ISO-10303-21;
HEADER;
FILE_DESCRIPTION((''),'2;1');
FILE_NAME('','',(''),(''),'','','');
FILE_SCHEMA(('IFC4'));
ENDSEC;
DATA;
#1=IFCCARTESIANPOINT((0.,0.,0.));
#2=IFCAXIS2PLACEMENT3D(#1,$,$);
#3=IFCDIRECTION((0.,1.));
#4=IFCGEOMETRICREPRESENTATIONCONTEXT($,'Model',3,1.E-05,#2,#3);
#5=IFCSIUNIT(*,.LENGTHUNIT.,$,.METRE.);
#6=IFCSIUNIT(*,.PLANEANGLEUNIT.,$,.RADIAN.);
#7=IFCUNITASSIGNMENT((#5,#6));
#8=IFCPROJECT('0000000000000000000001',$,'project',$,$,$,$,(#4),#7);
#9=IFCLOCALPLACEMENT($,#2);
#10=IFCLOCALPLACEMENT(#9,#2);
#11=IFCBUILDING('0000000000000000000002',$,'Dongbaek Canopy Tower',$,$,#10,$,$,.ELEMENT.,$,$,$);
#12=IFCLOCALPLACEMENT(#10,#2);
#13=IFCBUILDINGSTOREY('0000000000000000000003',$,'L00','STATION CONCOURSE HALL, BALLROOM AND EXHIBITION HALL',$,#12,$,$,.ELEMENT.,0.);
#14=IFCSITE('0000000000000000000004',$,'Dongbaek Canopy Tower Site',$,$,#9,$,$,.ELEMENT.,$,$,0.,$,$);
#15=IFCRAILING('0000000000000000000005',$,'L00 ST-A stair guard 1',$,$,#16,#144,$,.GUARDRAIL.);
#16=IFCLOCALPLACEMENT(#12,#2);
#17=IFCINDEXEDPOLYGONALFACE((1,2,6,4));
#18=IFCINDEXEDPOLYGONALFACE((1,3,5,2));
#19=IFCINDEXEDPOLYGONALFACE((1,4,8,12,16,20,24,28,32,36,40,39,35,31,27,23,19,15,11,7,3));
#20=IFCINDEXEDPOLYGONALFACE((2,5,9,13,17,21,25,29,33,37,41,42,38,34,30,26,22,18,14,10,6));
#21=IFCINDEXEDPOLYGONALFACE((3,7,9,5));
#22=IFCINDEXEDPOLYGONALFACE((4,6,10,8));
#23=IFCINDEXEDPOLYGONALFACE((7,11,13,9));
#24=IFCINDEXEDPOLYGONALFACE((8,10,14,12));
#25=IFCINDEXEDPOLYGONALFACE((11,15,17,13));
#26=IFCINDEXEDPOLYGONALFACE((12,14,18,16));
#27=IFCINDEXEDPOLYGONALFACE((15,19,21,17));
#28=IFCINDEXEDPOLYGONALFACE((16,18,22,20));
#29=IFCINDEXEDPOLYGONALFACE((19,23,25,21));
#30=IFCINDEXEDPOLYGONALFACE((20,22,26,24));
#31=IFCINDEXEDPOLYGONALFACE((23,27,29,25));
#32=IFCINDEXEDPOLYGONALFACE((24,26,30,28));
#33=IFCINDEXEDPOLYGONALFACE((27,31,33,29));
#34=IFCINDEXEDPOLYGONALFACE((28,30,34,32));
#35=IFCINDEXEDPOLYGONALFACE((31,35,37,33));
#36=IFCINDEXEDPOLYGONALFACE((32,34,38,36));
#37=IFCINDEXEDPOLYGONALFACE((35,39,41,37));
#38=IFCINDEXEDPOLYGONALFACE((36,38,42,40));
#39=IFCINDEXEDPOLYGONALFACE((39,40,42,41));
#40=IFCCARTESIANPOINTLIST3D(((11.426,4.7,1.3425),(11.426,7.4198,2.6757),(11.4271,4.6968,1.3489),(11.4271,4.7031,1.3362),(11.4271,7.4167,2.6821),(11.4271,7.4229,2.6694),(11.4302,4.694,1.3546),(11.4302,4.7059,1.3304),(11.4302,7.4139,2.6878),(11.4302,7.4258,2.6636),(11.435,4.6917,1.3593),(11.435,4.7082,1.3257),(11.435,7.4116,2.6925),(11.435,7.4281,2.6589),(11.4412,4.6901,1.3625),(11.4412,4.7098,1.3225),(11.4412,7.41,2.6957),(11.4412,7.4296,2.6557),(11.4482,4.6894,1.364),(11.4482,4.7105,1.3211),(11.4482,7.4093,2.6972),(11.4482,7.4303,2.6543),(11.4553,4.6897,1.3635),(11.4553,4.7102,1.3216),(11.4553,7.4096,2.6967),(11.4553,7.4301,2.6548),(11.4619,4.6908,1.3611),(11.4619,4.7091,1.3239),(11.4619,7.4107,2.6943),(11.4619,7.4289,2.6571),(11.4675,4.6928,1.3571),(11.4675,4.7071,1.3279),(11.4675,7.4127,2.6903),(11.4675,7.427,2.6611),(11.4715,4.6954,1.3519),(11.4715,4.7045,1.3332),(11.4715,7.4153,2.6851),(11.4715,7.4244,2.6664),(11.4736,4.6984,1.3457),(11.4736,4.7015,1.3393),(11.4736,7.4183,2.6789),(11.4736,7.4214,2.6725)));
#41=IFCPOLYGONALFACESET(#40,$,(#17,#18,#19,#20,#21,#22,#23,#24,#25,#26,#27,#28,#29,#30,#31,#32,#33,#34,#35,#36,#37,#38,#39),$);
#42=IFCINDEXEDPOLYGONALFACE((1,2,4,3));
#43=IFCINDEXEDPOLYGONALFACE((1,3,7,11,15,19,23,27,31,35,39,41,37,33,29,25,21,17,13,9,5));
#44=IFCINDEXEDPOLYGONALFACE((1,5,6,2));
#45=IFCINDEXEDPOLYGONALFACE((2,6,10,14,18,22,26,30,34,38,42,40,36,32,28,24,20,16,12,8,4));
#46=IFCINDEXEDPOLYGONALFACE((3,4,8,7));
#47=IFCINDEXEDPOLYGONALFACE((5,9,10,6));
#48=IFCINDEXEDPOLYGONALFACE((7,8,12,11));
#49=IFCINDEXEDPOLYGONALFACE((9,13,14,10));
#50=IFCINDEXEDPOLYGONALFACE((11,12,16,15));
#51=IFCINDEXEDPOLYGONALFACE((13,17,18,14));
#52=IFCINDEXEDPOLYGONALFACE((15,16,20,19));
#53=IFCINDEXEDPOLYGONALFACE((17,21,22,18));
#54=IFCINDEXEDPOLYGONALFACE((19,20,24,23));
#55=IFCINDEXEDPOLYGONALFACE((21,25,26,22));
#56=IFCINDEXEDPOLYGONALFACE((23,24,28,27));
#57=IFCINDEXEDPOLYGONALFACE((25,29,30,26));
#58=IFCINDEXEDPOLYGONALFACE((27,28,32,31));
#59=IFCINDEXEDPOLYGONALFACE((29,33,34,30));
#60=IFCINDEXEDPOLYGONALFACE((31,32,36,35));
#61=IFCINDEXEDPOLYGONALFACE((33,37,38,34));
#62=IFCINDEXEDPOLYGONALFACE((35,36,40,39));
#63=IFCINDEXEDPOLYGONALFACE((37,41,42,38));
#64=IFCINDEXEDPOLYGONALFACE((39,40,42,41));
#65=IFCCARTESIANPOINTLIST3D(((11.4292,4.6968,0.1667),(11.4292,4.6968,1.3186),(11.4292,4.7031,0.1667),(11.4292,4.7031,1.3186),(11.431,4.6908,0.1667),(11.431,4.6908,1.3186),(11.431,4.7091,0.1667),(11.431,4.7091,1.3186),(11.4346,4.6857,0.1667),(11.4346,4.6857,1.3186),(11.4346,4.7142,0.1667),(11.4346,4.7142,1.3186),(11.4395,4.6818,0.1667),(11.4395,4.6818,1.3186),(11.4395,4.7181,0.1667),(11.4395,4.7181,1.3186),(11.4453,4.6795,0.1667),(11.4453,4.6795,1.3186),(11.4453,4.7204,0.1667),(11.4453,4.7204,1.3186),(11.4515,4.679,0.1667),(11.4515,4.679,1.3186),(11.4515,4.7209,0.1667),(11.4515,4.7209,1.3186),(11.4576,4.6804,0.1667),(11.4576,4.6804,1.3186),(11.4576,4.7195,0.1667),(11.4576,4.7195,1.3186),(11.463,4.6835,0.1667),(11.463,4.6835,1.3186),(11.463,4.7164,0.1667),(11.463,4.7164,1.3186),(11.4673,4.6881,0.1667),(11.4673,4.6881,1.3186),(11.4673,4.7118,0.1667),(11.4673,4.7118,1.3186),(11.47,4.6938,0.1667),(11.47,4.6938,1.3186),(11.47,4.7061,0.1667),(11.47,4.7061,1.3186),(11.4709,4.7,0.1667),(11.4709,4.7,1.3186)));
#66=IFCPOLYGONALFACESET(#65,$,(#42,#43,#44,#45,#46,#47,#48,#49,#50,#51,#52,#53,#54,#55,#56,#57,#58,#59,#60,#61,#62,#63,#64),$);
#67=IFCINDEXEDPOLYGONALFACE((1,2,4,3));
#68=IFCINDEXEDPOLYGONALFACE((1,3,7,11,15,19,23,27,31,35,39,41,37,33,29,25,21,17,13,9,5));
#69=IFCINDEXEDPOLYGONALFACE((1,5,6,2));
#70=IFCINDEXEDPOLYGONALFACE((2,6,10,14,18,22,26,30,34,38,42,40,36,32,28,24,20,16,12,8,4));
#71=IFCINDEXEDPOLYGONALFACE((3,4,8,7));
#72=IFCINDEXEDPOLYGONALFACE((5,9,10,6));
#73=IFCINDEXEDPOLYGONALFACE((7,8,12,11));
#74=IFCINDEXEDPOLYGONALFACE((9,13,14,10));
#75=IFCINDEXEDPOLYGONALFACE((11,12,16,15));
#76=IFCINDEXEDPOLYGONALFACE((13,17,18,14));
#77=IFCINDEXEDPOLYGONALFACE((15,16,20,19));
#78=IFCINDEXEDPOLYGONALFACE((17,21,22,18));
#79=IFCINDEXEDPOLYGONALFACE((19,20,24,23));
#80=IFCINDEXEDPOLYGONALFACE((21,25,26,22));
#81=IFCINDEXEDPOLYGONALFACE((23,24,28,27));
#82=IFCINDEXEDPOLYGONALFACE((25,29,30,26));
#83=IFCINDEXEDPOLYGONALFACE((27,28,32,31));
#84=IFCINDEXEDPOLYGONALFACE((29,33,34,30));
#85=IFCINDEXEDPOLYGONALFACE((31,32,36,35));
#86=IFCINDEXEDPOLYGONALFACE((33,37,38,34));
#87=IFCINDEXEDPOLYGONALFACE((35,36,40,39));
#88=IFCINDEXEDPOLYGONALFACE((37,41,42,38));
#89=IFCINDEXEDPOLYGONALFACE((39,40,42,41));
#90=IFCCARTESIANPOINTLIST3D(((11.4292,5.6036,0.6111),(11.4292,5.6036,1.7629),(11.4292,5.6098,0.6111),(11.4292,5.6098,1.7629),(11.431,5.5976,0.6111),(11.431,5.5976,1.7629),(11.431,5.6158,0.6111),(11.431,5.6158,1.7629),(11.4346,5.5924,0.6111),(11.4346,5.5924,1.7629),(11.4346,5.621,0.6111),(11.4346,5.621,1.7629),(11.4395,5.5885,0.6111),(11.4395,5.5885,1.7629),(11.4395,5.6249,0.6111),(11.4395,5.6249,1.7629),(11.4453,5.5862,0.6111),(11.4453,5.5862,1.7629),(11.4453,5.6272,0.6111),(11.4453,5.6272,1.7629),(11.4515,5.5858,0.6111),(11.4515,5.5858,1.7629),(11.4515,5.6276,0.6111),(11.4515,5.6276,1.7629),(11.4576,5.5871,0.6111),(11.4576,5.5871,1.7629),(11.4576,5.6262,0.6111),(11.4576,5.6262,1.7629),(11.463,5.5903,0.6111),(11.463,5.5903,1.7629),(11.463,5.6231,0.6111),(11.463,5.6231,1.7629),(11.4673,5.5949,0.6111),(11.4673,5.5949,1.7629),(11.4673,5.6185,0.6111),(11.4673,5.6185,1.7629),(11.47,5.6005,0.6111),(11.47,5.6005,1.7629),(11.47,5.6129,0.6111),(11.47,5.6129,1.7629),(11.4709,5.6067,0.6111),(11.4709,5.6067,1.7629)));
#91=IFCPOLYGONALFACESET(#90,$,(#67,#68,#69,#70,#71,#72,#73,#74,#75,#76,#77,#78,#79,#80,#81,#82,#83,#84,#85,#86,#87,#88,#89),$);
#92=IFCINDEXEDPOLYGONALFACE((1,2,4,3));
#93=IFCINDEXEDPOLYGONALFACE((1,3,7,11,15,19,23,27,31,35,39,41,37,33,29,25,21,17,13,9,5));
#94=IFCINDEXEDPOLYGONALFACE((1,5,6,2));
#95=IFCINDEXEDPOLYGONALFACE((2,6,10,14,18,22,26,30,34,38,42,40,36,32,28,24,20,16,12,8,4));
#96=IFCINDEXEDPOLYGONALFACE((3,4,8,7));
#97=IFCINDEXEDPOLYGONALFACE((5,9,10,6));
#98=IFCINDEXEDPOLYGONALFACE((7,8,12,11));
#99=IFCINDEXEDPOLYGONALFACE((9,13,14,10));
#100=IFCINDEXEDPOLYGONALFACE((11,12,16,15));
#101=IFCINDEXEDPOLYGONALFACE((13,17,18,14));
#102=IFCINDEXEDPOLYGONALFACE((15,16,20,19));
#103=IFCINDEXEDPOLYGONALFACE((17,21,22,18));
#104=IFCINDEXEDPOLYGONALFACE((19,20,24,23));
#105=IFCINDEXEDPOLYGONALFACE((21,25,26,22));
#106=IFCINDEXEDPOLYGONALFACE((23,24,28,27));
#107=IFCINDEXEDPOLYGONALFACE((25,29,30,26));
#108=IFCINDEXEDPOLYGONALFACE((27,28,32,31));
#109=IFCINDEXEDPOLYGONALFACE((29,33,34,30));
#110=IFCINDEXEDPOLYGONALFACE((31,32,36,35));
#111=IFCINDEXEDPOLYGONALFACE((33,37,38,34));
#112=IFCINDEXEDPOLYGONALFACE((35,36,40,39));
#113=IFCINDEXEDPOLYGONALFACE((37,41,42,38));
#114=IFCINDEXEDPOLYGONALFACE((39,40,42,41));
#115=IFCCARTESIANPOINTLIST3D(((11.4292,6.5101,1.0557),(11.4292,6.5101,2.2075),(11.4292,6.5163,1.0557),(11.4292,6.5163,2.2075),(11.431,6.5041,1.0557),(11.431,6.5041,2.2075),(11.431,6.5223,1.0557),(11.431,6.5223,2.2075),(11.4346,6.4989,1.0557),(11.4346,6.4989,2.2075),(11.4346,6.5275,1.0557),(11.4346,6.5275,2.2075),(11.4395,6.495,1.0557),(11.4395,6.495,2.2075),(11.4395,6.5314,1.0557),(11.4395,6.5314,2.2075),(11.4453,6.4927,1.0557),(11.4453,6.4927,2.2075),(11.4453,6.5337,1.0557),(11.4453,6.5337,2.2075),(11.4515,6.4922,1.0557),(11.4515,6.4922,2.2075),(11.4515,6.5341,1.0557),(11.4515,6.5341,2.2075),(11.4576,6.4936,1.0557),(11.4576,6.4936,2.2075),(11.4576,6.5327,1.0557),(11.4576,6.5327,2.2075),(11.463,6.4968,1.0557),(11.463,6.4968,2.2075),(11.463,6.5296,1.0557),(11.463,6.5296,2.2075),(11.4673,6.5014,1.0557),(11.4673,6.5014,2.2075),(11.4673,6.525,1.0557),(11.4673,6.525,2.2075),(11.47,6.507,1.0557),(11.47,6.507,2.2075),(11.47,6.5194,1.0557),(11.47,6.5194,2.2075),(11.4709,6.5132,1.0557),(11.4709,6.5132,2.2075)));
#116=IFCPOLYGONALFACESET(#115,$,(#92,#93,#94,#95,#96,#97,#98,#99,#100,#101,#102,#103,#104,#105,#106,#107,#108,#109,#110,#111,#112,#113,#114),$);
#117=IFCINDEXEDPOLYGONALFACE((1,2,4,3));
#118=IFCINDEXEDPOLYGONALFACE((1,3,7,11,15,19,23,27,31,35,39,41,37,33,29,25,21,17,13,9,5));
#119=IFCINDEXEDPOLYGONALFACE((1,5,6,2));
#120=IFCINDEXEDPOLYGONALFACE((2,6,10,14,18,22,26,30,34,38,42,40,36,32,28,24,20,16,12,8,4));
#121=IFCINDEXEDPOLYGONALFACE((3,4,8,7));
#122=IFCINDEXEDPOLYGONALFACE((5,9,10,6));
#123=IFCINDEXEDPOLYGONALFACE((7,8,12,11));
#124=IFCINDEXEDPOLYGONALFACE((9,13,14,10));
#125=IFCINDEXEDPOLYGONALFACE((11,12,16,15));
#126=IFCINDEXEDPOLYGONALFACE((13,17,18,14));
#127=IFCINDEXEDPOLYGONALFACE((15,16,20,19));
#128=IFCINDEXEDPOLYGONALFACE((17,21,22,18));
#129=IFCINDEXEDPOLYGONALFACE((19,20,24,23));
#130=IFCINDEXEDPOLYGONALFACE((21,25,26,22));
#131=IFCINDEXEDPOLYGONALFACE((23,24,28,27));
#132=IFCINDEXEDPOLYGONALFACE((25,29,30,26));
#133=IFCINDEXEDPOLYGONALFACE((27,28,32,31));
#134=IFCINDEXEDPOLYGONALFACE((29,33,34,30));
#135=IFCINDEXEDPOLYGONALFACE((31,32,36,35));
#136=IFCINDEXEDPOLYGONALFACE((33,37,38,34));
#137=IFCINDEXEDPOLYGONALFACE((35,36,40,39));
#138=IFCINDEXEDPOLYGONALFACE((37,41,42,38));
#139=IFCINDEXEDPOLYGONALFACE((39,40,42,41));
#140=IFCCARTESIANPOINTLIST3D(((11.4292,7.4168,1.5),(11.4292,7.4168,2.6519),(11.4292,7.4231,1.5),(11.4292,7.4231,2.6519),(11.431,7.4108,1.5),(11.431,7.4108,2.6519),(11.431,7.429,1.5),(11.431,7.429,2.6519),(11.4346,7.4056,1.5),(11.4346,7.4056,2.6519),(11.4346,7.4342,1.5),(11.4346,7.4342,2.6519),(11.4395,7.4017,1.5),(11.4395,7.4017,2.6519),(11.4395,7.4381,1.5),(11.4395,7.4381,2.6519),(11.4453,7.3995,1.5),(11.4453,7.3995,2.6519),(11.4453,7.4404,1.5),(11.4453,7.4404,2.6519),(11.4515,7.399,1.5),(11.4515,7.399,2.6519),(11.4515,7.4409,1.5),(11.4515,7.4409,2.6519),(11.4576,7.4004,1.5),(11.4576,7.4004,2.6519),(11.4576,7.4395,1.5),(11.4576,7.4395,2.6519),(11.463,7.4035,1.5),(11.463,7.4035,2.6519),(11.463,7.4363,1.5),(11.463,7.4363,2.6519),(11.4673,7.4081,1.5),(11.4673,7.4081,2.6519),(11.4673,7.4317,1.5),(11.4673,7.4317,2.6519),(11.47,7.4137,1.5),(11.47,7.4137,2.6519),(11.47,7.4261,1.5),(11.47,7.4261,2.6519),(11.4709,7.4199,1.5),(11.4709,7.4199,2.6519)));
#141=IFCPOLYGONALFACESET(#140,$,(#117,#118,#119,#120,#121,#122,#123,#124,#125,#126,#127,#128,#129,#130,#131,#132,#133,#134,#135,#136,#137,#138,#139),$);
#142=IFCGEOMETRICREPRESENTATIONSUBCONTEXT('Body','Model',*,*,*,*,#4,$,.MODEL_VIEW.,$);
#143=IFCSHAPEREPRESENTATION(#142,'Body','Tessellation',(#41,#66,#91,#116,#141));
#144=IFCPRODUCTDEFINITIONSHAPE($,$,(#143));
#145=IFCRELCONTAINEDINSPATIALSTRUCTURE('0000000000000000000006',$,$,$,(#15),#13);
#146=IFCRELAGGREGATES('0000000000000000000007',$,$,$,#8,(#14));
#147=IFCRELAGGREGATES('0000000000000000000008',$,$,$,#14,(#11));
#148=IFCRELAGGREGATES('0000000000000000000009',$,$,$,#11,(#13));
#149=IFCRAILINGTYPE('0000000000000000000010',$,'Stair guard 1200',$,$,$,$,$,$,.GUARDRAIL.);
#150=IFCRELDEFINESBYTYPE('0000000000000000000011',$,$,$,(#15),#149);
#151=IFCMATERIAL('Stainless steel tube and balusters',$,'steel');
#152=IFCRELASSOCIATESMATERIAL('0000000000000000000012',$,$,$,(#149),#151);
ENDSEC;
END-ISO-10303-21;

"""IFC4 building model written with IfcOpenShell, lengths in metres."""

from ifc_helpers import new_model, si_unit, direction, frame, origin, origin_2d, place, context, subcontext, project, spatial, circle, extrude, material, type_object, element, save


model = new_model("IFC4")

# Units and contexts
model_context = context("Model", 3, precision=1e-05, world=origin(), true_north=direction((0.0, 1.0)))
body_context = subcontext(model_context, "Body", "Model", "MODEL_VIEW")
ifc_project = project(units=[si_unit("LENGTHUNIT", "METRE"), si_unit("PLANEANGLEUNIT", "RADIAN")], contexts=[model_context])

# Site, building, storey
site_placement = place(None, origin())
site = spatial("IfcSite", under=ifc_project, at=site_placement, Name="Dongbaek Canopy Tower Site", CompositionType="ELEMENT", RefElevation=0.0)
building_placement = place(site_placement, origin())
building = spatial("IfcBuilding", under=site, at=building_placement, Name="Dongbaek Canopy Tower", CompositionType="ELEMENT")
storey_placement = place(building_placement, origin())
storey = spatial("IfcBuildingStorey", under=building, at=storey_placement, Name="L00", Description="STATION CONCOURSE HALL, BALLROOM AND EXHIBITION HALL", CompositionType="ELEMENT", Elevation=0.0)

# Railing
ifc_material_1 = material(Name="Stainless steel tube and balusters", Category="steel")
railing_type_1 = type_object("IfcRailingType", Name="Stair guard 1200", PredefinedType="GUARDRAIL", material=ifc_material_1)
railing_1_placement = place(storey_placement, frame((11.45, 4.7, 0.1667)))
element("IfcRailing", 1, at=railing_1_placement, inside=storey, type_object=railing_type_1, Name="L00 ST-A stair guard 1", PredefinedType="GUARDRAIL", context=body_context, shape_type="SweptSolid", body=[
    extrude(circle(Radius=0.0239, at=origin_2d()), frame((0.0, 0.0, 1.1758), z_axis=(0.0, 0.897929, 0.440139), x_axis=(-1.0, 0.0, 0.0)), (0.0, 0.0, 1.0), 3.0291),
    extrude(circle(Radius=0.021, at=origin_2d()), origin(), (0.0, 0.0, 1.0), 1.1519),
    extrude(circle(Radius=0.021, at=origin_2d()), frame((0.0, 0.9067, 0.4443)), (0.0, 0.0, 1.0), 1.1519),
    extrude(circle(Radius=0.021, at=origin_2d()), frame((0.0, 1.8132, 0.8889)), (0.0, 0.0, 1.0), 1.1519),
    extrude(circle(Radius=0.021, at=origin_2d()), frame((0.0, 2.72, 1.3333)), (0.0, 0.0, 1.0), 1.1519),
])

save(model, "model.ifc")
